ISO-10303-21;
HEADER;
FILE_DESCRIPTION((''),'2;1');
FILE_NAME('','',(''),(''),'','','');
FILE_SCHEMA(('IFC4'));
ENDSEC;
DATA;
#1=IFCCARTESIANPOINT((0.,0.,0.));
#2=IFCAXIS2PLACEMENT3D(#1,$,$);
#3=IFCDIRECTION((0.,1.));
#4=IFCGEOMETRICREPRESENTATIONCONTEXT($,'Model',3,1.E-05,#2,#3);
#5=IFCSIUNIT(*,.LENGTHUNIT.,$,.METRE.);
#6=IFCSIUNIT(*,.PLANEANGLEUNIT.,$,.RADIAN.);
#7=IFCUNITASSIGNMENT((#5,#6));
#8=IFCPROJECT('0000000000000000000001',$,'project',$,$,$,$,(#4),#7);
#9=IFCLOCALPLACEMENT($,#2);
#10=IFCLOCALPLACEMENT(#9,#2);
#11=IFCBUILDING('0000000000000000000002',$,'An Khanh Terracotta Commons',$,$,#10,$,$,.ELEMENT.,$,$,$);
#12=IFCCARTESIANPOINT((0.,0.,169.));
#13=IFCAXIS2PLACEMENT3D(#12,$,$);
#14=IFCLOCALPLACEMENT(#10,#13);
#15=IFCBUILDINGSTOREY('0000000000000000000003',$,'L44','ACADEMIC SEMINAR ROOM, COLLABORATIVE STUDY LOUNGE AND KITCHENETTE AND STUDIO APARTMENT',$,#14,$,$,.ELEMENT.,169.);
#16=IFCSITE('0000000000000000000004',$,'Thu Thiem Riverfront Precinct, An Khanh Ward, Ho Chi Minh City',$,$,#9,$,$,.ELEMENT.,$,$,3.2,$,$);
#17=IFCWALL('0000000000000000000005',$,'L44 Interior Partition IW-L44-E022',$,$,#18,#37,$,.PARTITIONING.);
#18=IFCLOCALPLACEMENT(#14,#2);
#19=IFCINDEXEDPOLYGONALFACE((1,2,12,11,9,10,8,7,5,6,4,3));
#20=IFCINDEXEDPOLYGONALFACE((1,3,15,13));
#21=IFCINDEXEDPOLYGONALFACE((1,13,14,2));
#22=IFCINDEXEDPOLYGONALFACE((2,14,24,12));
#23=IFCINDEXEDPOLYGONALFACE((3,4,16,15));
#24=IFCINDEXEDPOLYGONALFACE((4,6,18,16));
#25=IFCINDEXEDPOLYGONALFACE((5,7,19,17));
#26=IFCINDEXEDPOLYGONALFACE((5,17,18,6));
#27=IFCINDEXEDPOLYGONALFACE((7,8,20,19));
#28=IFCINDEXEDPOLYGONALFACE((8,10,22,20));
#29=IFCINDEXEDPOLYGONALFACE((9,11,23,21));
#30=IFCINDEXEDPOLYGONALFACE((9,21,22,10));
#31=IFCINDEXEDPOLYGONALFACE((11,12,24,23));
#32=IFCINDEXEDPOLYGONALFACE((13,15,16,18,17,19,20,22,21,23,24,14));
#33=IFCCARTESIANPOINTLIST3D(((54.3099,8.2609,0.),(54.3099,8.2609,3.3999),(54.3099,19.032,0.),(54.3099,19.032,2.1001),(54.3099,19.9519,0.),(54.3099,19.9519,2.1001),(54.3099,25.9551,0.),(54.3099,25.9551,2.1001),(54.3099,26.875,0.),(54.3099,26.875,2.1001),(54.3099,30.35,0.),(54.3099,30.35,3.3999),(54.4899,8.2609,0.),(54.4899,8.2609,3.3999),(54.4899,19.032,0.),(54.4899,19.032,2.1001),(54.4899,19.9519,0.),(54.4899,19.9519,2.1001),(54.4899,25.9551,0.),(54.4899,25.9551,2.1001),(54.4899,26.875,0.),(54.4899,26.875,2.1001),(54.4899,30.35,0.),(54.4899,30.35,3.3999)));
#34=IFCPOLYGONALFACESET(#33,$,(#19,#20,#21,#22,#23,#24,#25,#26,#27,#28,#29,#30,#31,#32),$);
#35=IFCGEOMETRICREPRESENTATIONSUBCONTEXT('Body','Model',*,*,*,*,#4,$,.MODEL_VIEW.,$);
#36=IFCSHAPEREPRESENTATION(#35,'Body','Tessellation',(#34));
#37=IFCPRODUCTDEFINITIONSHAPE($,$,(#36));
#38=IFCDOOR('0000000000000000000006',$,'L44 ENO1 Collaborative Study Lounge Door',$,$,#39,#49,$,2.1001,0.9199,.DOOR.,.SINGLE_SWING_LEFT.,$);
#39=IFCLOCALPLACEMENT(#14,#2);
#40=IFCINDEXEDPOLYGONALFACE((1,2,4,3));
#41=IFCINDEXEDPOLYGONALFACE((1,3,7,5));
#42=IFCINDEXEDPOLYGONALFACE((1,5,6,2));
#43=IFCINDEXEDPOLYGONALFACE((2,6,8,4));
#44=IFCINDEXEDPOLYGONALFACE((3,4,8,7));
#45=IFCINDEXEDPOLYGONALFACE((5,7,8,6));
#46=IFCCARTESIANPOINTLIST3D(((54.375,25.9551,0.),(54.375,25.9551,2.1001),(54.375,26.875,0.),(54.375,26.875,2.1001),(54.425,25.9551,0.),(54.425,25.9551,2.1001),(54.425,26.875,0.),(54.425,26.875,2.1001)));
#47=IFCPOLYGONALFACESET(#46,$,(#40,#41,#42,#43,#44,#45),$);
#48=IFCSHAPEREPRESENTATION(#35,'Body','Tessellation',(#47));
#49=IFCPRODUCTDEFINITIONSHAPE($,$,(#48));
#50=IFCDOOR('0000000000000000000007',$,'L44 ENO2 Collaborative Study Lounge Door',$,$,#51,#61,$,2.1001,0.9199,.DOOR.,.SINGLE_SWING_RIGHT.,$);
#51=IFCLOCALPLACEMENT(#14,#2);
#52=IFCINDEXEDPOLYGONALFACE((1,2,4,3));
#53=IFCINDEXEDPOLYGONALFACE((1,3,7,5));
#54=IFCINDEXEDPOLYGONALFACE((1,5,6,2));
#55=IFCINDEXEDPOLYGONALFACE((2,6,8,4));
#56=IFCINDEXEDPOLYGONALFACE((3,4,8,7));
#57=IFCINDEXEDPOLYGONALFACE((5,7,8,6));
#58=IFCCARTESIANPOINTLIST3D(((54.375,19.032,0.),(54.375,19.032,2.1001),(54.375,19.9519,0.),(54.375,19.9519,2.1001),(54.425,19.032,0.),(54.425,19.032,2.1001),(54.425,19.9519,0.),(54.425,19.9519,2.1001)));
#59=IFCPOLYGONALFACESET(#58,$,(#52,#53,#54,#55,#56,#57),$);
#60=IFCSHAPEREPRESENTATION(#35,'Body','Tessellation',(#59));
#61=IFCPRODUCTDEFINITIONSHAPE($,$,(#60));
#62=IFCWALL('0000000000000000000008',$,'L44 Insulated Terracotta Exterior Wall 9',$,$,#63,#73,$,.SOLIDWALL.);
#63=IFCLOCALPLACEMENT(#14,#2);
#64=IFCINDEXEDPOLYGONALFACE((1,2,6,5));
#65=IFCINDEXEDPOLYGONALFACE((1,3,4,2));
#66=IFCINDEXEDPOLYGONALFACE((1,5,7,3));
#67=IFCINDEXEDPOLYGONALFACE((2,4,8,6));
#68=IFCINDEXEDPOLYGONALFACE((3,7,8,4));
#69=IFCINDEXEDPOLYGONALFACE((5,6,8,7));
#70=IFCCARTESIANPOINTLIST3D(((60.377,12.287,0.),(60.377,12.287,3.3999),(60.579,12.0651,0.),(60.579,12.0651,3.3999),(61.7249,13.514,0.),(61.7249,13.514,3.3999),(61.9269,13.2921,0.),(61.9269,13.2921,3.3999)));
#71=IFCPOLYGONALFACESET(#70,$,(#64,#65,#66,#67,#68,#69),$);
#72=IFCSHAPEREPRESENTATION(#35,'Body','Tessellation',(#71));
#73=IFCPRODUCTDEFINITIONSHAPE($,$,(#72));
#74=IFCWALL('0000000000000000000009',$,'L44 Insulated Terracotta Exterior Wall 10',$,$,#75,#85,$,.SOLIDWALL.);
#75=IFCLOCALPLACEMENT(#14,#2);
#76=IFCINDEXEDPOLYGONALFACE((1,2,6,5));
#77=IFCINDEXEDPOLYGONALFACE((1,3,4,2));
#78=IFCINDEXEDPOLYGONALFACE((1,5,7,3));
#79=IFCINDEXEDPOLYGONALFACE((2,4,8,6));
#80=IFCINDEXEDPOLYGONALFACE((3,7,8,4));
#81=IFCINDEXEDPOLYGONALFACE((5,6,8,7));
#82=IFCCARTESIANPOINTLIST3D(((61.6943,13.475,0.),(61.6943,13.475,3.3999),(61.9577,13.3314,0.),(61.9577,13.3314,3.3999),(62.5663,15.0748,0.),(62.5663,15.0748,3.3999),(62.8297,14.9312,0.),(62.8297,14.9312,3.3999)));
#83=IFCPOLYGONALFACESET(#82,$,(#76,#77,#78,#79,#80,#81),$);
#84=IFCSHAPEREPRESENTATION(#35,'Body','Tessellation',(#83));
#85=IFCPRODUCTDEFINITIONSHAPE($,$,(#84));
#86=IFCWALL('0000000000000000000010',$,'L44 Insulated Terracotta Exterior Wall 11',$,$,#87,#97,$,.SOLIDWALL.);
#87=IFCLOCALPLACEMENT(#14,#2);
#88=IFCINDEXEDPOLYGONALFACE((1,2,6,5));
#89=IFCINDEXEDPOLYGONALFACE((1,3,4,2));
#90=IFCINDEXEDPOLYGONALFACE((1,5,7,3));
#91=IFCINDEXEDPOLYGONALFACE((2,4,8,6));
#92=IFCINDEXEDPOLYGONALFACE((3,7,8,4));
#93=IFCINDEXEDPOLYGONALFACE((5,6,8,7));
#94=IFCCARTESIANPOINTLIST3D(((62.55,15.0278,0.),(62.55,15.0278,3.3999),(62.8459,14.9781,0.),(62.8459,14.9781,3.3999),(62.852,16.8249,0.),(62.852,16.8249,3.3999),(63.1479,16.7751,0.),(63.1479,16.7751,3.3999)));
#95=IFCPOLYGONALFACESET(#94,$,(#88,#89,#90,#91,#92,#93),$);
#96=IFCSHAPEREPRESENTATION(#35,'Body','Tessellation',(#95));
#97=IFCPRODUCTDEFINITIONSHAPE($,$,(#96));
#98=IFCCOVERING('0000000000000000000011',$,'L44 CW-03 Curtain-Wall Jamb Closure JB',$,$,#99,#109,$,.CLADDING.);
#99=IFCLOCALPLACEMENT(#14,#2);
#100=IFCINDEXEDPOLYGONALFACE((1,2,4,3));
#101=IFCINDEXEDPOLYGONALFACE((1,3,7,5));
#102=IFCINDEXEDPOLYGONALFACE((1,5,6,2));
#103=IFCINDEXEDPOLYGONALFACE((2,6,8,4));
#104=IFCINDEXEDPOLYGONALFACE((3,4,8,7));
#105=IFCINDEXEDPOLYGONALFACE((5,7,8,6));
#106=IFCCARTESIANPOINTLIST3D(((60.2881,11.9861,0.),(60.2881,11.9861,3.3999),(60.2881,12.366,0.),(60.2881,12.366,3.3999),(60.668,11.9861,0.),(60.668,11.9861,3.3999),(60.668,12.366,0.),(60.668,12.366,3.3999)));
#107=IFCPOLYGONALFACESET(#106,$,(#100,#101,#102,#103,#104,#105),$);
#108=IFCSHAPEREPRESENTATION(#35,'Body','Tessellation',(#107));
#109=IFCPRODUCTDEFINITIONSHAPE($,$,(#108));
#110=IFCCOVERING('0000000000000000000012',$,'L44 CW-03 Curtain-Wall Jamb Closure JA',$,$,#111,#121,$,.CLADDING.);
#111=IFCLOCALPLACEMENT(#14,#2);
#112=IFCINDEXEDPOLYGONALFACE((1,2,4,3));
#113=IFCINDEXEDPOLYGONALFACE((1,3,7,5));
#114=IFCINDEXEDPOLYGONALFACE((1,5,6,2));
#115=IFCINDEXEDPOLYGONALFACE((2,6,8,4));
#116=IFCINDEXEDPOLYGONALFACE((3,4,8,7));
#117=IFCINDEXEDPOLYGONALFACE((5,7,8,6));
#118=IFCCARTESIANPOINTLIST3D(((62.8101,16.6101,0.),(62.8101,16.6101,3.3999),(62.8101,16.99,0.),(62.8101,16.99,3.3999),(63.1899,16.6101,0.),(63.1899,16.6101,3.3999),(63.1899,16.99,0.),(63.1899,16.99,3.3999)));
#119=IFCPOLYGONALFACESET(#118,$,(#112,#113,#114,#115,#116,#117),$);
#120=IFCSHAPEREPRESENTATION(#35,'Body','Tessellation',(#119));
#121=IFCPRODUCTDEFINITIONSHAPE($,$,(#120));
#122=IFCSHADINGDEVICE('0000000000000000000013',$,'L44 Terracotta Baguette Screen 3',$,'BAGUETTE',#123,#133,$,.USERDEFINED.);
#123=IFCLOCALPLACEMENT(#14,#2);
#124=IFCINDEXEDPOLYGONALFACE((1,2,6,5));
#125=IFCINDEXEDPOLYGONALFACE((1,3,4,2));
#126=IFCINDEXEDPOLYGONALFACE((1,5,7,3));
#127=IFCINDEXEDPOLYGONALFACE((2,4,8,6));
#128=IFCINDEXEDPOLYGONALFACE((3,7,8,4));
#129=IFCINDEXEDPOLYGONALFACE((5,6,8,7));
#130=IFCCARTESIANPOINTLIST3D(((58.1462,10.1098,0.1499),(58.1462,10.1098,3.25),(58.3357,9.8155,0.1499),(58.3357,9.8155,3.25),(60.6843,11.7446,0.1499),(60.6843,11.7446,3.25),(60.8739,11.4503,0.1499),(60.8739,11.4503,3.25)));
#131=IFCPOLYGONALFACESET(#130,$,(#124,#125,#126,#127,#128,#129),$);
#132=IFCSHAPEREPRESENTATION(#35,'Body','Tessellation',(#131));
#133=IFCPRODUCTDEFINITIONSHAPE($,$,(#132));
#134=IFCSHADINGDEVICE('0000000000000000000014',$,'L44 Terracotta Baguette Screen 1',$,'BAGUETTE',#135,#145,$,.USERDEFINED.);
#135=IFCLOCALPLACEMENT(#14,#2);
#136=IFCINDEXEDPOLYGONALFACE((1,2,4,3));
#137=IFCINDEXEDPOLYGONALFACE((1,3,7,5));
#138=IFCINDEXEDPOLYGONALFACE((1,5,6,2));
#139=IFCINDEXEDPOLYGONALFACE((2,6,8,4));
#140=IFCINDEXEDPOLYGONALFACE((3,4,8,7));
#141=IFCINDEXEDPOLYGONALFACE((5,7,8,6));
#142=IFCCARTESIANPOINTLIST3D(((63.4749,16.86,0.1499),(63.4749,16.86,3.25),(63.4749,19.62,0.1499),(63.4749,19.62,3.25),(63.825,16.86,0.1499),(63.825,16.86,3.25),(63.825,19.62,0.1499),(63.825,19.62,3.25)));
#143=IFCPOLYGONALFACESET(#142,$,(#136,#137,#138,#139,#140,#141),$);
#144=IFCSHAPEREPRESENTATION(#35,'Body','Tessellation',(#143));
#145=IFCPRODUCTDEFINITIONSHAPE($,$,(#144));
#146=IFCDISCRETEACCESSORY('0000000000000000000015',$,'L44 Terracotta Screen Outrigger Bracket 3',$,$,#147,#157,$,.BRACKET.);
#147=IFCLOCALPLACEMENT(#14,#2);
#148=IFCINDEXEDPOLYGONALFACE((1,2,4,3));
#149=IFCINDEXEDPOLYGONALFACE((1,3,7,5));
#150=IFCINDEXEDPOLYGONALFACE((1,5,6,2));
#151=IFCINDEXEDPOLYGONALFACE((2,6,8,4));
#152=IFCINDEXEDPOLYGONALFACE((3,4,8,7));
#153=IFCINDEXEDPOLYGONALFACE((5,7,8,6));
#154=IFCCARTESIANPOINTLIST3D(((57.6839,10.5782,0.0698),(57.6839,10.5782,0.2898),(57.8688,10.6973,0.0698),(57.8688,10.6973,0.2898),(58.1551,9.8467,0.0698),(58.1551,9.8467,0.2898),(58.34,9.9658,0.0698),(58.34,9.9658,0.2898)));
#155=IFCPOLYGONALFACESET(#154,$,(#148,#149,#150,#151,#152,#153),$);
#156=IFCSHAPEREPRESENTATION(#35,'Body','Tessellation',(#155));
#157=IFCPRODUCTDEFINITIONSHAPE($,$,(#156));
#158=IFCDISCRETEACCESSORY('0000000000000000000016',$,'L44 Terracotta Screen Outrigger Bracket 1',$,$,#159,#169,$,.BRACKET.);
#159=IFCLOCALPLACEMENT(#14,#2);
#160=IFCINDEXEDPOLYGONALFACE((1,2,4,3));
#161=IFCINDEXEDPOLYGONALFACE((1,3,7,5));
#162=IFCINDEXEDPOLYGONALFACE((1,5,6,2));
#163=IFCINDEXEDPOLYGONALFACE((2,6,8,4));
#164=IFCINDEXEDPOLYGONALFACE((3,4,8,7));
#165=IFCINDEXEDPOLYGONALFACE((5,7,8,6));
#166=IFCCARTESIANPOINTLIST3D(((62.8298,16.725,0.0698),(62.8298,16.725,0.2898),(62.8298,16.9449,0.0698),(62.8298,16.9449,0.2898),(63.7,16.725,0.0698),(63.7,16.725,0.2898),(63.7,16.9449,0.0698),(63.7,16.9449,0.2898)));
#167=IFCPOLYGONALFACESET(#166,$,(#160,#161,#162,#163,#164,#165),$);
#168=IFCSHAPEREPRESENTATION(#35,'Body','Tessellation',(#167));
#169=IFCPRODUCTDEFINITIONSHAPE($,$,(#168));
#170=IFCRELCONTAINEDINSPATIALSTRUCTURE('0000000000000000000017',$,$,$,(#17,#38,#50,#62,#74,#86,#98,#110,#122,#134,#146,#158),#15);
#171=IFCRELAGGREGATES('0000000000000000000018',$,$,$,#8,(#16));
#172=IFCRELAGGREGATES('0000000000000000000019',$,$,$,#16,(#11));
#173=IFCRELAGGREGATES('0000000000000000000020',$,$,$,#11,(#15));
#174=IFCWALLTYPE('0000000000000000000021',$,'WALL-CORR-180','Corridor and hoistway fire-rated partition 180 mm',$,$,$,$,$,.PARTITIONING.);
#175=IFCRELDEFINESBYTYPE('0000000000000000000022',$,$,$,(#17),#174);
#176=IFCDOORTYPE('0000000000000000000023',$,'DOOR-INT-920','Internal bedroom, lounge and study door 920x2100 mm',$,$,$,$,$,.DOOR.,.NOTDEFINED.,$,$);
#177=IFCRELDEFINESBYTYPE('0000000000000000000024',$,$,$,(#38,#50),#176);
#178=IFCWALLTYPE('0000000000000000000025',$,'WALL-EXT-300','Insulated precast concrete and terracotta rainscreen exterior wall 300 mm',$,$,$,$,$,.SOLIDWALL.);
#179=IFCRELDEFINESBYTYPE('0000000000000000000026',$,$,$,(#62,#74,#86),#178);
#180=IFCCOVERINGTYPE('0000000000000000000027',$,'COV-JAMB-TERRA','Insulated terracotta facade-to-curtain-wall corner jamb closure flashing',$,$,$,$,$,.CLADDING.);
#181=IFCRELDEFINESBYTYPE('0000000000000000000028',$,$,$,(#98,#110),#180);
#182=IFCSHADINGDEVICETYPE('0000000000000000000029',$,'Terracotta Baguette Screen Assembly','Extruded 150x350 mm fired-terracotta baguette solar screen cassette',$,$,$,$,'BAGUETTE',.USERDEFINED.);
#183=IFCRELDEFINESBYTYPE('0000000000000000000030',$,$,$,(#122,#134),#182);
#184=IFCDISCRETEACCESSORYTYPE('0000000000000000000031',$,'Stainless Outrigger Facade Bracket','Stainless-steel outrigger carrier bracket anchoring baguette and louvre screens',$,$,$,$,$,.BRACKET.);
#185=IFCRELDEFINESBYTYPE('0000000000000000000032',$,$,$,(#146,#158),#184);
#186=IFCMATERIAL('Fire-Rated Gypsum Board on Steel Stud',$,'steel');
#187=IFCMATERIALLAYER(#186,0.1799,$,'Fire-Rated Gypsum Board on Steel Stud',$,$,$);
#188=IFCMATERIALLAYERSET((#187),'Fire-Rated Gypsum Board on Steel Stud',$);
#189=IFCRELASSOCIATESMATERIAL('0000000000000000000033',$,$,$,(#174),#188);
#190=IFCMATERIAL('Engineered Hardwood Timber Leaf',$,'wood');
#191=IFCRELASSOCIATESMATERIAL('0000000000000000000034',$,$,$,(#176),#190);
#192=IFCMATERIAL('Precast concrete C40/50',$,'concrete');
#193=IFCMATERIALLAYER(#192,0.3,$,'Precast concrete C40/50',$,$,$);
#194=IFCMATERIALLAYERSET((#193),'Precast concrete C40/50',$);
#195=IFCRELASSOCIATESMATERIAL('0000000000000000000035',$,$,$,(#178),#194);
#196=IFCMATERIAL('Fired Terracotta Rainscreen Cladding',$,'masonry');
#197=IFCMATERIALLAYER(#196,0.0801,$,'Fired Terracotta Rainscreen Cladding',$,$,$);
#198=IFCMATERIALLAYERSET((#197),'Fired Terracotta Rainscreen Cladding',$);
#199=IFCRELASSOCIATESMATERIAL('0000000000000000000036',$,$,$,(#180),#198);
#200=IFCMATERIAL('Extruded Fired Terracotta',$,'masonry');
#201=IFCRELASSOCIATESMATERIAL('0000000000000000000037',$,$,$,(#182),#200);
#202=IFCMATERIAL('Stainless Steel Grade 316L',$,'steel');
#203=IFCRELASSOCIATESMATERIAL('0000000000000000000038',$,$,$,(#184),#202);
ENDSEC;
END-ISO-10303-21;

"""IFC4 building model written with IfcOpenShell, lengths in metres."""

from ifc_helpers import new_model, si_unit, direction, frame, frame_2d, origin, origin_2d, place, context, subcontext, project, spatial, rectangle, extrude, material, layer, layer_set, type_object, element, fill, save


model = new_model("IFC4")

# Units and contexts
model_context = context("Model", 3, precision=1e-05, world=origin(), true_north=direction((0.0, 1.0)))
body_context = subcontext(model_context, "Body", "Model", "MODEL_VIEW")
ifc_project = project(units=[si_unit("LENGTHUNIT", "METRE"), si_unit("PLANEANGLEUNIT", "RADIAN")], contexts=[model_context])

# Site, building, storey
site_placement = place(None, origin())
site = spatial("IfcSite", under=ifc_project, at=site_placement, Name="Thu Thiem Riverfront Precinct, An Khanh Ward, Ho Chi Minh City", CompositionType="ELEMENT", RefElevation=3.2)
building_placement = place(site_placement, origin())
building = spatial("IfcBuilding", under=site, at=building_placement, Name="An Khanh Terracotta Commons", CompositionType="ELEMENT")
storey_placement = place(building_placement, frame((0.0, 0.0, 169.0)))
storey = spatial("IfcBuildingStorey", under=building, at=storey_placement, Name="L44", Description="ACADEMIC SEMINAR ROOM, COLLABORATIVE STUDY LOUNGE AND KITCHENETTE AND STUDIO APARTMENT", CompositionType="ELEMENT", Elevation=169.0)

# Wall, openings, doors
ifc_material_1 = material(Name="Fire-Rated Gypsum Board on Steel Stud", Category="steel")
ifc_layer_1 = layer(ifc_material_1, 0.1799, Name="Fire-Rated Gypsum Board on Steel Stud")
ifc_layer_set_1 = layer_set([ifc_layer_1], Name="Fire-Rated Gypsum Board on Steel Stud")
wall_type_1 = type_object("IfcWallType", Name="WALL-CORR-180", Description="Corridor and hoistway fire-rated partition 180 mm", PredefinedType="PARTITIONING", material=ifc_layer_set_1)
wall_1_placement = place(storey_placement, frame((54.3999, 8.261, 0.0), z_axis=(0.0, 0.0, 1.0), x_axis=(0.0, 1.0, 0.0)))
wall_1 = element("IfcWall", 1, at=wall_1_placement, inside=storey, type_object=wall_type_1, Name="L44 Interior Partition IW-L44-E022", PredefinedType="PARTITIONING", context=body_context, shape_type="SweptSolid", body=[
    extrude(rectangle(XDim=22.0891, YDim=0.1799, at=frame_2d((11.0444, 0.0))), origin(), (0.0, 0.0, 1.0), 3.3999),
])
opening_1_placement = place(wall_1_placement, frame((17.6941, 0.0, 0.0)))
opening_1 = element("IfcOpeningElement", 2, at=opening_1_placement, cuts=wall_1, PredefinedType="OPENING", context=body_context, shape_type="SweptSolid", body=[
    extrude(rectangle(XDim=0.9199, YDim=2.1001, at=frame_2d((0.46, 1.05))), frame((0.0, 0.0999, 0.0), z_axis=(0.0, -1.0, 0.0), x_axis=(1.0, 0.0, 0.0)), (0.0, 0.0, 1.0), 0.2),
])
opening_2_placement = place(wall_1_placement, frame((10.771, 0.0, 0.0)))
opening_2 = element("IfcOpeningElement", 3, at=opening_2_placement, cuts=wall_1, PredefinedType="OPENING", context=body_context, shape_type="SweptSolid", body=[
    extrude(rectangle(XDim=0.9199, YDim=2.1001, at=frame_2d((0.46, 1.05))), frame((0.0, 0.0999, 0.0), z_axis=(0.0, -1.0, 0.0), x_axis=(1.0, 0.0, 0.0)), (0.0, 0.0, 1.0), 0.2),
])
ifc_material_2 = material(Name="Engineered Hardwood Timber Leaf", Category="wood")
door_type = type_object("IfcDoorType", Name="DOOR-INT-920", Description="Internal bedroom, lounge and study door 920x2100 mm", OperationType="NOTDEFINED", PredefinedType="DOOR", material=ifc_material_2)
door_1_placement = place(opening_1_placement, origin())
door_1 = element("IfcDoor", 4, at=door_1_placement, inside=storey, type_object=door_type, Name="L44 ENO1 Collaborative Study Lounge Door", OperationType="SINGLE_SWING_LEFT", OverallHeight=2.1001, OverallWidth=0.9199, PredefinedType="DOOR", context=body_context, shape_type="SweptSolid", body=[
    extrude(rectangle(XDim=0.9199, YDim=2.1001, at=frame_2d((0.46, 1.05))), frame((0.0, 0.0249, 0.0), z_axis=(0.0, -1.0, 0.0), x_axis=(1.0, 0.0, 0.0)), (0.0, 0.0, 1.0), 0.05),
])
fill(opening_1, door_1)
door_2_placement = place(opening_2_placement, origin())
door_2 = element("IfcDoor", 5, at=door_2_placement, inside=storey, type_object=door_type, Name="L44 ENO2 Collaborative Study Lounge Door", OperationType="SINGLE_SWING_RIGHT", OverallHeight=2.1001, OverallWidth=0.9199, PredefinedType="DOOR", context=body_context, shape_type="SweptSolid", body=[
    extrude(rectangle(XDim=0.9199, YDim=2.1001, at=frame_2d((0.46, 1.05))), frame((0.0, 0.0249, 0.0), z_axis=(0.0, -1.0, 0.0), x_axis=(1.0, 0.0, 0.0)), (0.0, 0.0, 1.0), 0.05),
])
fill(opening_2, door_2)

# Walls
ifc_material_3 = material(Name="Precast concrete C40/50", Category="concrete")
ifc_layer_2 = layer(ifc_material_3, 0.3, Name="Precast concrete C40/50")
ifc_layer_set_2 = layer_set([ifc_layer_2], Name="Precast concrete C40/50")
wall_type_2 = type_object("IfcWallType", Name="WALL-EXT-300", Description="Insulated precast concrete and terracotta rainscreen exterior wall 300 mm", PredefinedType="SOLIDWALL", material=ifc_layer_set_2)
wall_2_placement = place(storey_placement, frame((60.478, 12.176, 0.0), z_axis=(0.0, 0.0, 1.0), x_axis=(0.739479, 0.673179, 0.0)))
element("IfcWall", 6, at=wall_2_placement, inside=storey, type_object=wall_type_2, Name="L44 Insulated Terracotta Exterior Wall 9", PredefinedType="SOLIDWALL", context=body_context, shape_type="SweptSolid", body=[
    extrude(rectangle(XDim=1.8228, YDim=0.3, at=frame_2d((0.9114, 0.0))), origin(), (0.0, 0.0, 1.0), 3.3999),
])
wall_3_placement = place(storey_placement, frame((61.8259, 13.4031, 0.0), z_axis=(0.0, 0.0, 1.0), x_axis=(0.478608, 0.878029, 0.0)))
element("IfcWall", 7, at=wall_3_placement, inside=storey, type_object=wall_type_2, Name="L44 Insulated Terracotta Exterior Wall 10", PredefinedType="SOLIDWALL", context=body_context, shape_type="SweptSolid", body=[
    extrude(rectangle(XDim=1.822, YDim=0.3, at=frame_2d((0.9111, 0.0))), origin(), (0.0, 0.0, 1.0), 3.3999),
])
wall_4_placement = place(storey_placement, frame((62.698, 15.0029, 0.0), z_axis=(0.0, 0.0, 1.0), x_axis=(0.165724, 0.986172, 0.0)))
element("IfcWall", 8, at=wall_4_placement, inside=storey, type_object=wall_type_2, Name="L44 Insulated Terracotta Exterior Wall 11", PredefinedType="SOLIDWALL", context=body_context, shape_type="SweptSolid", body=[
    extrude(rectangle(XDim=1.8223, YDim=0.3, at=frame_2d((0.9111, 0.0))), origin(), (0.0, 0.0, 1.0), 3.3999),
])

# Coverings
ifc_material_4 = material(Name="Fired Terracotta Rainscreen Cladding", Category="masonry")
ifc_layer_3 = layer(ifc_material_4, 0.0801, Name="Fired Terracotta Rainscreen Cladding")
ifc_layer_set_3 = layer_set([ifc_layer_3], Name="Fired Terracotta Rainscreen Cladding")
covering_type = type_object("IfcCoveringType", Name="COV-JAMB-TERRA", Description="Insulated terracotta facade-to-curtain-wall corner jamb closure flashing", PredefinedType="CLADDING", material=ifc_layer_set_3)
for number, where, z_axis, x_axis, name in (
    (9, (60.478, 12.176, 0.0), (0.0, 0.0, 1.0), (1.0, 0.0, 0.0), "L44 CW-03 Curtain-Wall Jamb Closure JB"),
    (10, (63.0, 16.8, 0.0), (0.0, 0.0, 1.0), (1.0, 0.0, 0.0), "L44 CW-03 Curtain-Wall Jamb Closure JA"),
):
    element("IfcCovering", number, at=place(storey_placement, frame(where, z_axis=z_axis, x_axis=x_axis)), inside=storey, type_object=covering_type, Name=name, PredefinedType="CLADDING", context=body_context, shape_type="SweptSolid", body=[
        extrude(rectangle(XDim=0.3799, YDim=0.3799, at=origin_2d()), origin(), (0.0, 0.0, 1.0), 3.3999),
    ])

# Shading devices
ifc_material_5 = material(Name="Extruded Fired Terracotta", Category="masonry")
shading_device_type = type_object("IfcShadingDeviceType", Name="Terracotta Baguette Screen Assembly", Description="Extruded 150x350 mm fired-terracotta baguette solar screen cassette", ElementType="BAGUETTE", PredefinedType="USERDEFINED", material=ifc_material_5)
shading_device_1_placement = place(storey_placement, frame((59.51, 10.78, 0.1499), z_axis=(0.0, 0.0, 1.0), x_axis=(0.840702, 0.541498, 0.0)))
element("IfcShadingDevice", 11, at=shading_device_1_placement, inside=storey, type_object=shading_device_type, Name="L44 Terracotta Baguette Screen 3", ObjectType="BAGUETTE", PredefinedType="USERDEFINED", context=body_context, shape_type="SweptSolid", body=[
    extrude(rectangle(XDim=3.019, YDim=0.3501, at=origin_2d()), origin(), (0.0, 0.0, 1.0), 3.1001),
])
shading_device_2_placement = place(storey_placement, frame((63.6499, 18.24, 0.1499), z_axis=(0.0, 0.0, 1.0), x_axis=(0.0, 1.0, 0.0)))
element("IfcShadingDevice", 12, at=shading_device_2_placement, inside=storey, type_object=shading_device_type, Name="L44 Terracotta Baguette Screen 1", ObjectType="BAGUETTE", PredefinedType="USERDEFINED", context=body_context, shape_type="SweptSolid", body=[
    extrude(rectangle(XDim=2.76, YDim=0.3501, at=origin_2d()), origin(), (0.0, 0.0, 1.0), 3.1001),
])

# Discrete accessories
ifc_material_6 = material(Name="Stainless Steel Grade 316L", Category="steel")
discrete_accessory_type = type_object("IfcDiscreteAccessoryType", Name="Stainless Outrigger Facade Bracket", Description="Stainless-steel outrigger carrier bracket anchoring baguette and louvre screens", PredefinedType="BRACKET", material=ifc_material_6)
for number, where, z_axis, x_axis, name in (
    (13, (58.012, 10.272, 0.0698), (0.0, 0.0, 1.0), (0.840702, 0.541498, 0.0), "L44 Terracotta Screen Outrigger Bracket 3"),
    (14, (63.2649, 16.835, 0.0698), (0.0, 0.0, 1.0), (0.0, 1.0, 0.0), "L44 Terracotta Screen Outrigger Bracket 1"),
):
    element("IfcDiscreteAccessory", number, at=place(storey_placement, frame(where, z_axis=z_axis, x_axis=x_axis)), inside=storey, type_object=discrete_accessory_type, Name=name, PredefinedType="BRACKET", context=body_context, shape_type="SweptSolid", body=[
        extrude(rectangle(XDim=0.22, YDim=0.8701, at=origin_2d()), origin(), (0.0, 0.0, 1.0), 0.22),
    ])

save(model, "model.ifc")
